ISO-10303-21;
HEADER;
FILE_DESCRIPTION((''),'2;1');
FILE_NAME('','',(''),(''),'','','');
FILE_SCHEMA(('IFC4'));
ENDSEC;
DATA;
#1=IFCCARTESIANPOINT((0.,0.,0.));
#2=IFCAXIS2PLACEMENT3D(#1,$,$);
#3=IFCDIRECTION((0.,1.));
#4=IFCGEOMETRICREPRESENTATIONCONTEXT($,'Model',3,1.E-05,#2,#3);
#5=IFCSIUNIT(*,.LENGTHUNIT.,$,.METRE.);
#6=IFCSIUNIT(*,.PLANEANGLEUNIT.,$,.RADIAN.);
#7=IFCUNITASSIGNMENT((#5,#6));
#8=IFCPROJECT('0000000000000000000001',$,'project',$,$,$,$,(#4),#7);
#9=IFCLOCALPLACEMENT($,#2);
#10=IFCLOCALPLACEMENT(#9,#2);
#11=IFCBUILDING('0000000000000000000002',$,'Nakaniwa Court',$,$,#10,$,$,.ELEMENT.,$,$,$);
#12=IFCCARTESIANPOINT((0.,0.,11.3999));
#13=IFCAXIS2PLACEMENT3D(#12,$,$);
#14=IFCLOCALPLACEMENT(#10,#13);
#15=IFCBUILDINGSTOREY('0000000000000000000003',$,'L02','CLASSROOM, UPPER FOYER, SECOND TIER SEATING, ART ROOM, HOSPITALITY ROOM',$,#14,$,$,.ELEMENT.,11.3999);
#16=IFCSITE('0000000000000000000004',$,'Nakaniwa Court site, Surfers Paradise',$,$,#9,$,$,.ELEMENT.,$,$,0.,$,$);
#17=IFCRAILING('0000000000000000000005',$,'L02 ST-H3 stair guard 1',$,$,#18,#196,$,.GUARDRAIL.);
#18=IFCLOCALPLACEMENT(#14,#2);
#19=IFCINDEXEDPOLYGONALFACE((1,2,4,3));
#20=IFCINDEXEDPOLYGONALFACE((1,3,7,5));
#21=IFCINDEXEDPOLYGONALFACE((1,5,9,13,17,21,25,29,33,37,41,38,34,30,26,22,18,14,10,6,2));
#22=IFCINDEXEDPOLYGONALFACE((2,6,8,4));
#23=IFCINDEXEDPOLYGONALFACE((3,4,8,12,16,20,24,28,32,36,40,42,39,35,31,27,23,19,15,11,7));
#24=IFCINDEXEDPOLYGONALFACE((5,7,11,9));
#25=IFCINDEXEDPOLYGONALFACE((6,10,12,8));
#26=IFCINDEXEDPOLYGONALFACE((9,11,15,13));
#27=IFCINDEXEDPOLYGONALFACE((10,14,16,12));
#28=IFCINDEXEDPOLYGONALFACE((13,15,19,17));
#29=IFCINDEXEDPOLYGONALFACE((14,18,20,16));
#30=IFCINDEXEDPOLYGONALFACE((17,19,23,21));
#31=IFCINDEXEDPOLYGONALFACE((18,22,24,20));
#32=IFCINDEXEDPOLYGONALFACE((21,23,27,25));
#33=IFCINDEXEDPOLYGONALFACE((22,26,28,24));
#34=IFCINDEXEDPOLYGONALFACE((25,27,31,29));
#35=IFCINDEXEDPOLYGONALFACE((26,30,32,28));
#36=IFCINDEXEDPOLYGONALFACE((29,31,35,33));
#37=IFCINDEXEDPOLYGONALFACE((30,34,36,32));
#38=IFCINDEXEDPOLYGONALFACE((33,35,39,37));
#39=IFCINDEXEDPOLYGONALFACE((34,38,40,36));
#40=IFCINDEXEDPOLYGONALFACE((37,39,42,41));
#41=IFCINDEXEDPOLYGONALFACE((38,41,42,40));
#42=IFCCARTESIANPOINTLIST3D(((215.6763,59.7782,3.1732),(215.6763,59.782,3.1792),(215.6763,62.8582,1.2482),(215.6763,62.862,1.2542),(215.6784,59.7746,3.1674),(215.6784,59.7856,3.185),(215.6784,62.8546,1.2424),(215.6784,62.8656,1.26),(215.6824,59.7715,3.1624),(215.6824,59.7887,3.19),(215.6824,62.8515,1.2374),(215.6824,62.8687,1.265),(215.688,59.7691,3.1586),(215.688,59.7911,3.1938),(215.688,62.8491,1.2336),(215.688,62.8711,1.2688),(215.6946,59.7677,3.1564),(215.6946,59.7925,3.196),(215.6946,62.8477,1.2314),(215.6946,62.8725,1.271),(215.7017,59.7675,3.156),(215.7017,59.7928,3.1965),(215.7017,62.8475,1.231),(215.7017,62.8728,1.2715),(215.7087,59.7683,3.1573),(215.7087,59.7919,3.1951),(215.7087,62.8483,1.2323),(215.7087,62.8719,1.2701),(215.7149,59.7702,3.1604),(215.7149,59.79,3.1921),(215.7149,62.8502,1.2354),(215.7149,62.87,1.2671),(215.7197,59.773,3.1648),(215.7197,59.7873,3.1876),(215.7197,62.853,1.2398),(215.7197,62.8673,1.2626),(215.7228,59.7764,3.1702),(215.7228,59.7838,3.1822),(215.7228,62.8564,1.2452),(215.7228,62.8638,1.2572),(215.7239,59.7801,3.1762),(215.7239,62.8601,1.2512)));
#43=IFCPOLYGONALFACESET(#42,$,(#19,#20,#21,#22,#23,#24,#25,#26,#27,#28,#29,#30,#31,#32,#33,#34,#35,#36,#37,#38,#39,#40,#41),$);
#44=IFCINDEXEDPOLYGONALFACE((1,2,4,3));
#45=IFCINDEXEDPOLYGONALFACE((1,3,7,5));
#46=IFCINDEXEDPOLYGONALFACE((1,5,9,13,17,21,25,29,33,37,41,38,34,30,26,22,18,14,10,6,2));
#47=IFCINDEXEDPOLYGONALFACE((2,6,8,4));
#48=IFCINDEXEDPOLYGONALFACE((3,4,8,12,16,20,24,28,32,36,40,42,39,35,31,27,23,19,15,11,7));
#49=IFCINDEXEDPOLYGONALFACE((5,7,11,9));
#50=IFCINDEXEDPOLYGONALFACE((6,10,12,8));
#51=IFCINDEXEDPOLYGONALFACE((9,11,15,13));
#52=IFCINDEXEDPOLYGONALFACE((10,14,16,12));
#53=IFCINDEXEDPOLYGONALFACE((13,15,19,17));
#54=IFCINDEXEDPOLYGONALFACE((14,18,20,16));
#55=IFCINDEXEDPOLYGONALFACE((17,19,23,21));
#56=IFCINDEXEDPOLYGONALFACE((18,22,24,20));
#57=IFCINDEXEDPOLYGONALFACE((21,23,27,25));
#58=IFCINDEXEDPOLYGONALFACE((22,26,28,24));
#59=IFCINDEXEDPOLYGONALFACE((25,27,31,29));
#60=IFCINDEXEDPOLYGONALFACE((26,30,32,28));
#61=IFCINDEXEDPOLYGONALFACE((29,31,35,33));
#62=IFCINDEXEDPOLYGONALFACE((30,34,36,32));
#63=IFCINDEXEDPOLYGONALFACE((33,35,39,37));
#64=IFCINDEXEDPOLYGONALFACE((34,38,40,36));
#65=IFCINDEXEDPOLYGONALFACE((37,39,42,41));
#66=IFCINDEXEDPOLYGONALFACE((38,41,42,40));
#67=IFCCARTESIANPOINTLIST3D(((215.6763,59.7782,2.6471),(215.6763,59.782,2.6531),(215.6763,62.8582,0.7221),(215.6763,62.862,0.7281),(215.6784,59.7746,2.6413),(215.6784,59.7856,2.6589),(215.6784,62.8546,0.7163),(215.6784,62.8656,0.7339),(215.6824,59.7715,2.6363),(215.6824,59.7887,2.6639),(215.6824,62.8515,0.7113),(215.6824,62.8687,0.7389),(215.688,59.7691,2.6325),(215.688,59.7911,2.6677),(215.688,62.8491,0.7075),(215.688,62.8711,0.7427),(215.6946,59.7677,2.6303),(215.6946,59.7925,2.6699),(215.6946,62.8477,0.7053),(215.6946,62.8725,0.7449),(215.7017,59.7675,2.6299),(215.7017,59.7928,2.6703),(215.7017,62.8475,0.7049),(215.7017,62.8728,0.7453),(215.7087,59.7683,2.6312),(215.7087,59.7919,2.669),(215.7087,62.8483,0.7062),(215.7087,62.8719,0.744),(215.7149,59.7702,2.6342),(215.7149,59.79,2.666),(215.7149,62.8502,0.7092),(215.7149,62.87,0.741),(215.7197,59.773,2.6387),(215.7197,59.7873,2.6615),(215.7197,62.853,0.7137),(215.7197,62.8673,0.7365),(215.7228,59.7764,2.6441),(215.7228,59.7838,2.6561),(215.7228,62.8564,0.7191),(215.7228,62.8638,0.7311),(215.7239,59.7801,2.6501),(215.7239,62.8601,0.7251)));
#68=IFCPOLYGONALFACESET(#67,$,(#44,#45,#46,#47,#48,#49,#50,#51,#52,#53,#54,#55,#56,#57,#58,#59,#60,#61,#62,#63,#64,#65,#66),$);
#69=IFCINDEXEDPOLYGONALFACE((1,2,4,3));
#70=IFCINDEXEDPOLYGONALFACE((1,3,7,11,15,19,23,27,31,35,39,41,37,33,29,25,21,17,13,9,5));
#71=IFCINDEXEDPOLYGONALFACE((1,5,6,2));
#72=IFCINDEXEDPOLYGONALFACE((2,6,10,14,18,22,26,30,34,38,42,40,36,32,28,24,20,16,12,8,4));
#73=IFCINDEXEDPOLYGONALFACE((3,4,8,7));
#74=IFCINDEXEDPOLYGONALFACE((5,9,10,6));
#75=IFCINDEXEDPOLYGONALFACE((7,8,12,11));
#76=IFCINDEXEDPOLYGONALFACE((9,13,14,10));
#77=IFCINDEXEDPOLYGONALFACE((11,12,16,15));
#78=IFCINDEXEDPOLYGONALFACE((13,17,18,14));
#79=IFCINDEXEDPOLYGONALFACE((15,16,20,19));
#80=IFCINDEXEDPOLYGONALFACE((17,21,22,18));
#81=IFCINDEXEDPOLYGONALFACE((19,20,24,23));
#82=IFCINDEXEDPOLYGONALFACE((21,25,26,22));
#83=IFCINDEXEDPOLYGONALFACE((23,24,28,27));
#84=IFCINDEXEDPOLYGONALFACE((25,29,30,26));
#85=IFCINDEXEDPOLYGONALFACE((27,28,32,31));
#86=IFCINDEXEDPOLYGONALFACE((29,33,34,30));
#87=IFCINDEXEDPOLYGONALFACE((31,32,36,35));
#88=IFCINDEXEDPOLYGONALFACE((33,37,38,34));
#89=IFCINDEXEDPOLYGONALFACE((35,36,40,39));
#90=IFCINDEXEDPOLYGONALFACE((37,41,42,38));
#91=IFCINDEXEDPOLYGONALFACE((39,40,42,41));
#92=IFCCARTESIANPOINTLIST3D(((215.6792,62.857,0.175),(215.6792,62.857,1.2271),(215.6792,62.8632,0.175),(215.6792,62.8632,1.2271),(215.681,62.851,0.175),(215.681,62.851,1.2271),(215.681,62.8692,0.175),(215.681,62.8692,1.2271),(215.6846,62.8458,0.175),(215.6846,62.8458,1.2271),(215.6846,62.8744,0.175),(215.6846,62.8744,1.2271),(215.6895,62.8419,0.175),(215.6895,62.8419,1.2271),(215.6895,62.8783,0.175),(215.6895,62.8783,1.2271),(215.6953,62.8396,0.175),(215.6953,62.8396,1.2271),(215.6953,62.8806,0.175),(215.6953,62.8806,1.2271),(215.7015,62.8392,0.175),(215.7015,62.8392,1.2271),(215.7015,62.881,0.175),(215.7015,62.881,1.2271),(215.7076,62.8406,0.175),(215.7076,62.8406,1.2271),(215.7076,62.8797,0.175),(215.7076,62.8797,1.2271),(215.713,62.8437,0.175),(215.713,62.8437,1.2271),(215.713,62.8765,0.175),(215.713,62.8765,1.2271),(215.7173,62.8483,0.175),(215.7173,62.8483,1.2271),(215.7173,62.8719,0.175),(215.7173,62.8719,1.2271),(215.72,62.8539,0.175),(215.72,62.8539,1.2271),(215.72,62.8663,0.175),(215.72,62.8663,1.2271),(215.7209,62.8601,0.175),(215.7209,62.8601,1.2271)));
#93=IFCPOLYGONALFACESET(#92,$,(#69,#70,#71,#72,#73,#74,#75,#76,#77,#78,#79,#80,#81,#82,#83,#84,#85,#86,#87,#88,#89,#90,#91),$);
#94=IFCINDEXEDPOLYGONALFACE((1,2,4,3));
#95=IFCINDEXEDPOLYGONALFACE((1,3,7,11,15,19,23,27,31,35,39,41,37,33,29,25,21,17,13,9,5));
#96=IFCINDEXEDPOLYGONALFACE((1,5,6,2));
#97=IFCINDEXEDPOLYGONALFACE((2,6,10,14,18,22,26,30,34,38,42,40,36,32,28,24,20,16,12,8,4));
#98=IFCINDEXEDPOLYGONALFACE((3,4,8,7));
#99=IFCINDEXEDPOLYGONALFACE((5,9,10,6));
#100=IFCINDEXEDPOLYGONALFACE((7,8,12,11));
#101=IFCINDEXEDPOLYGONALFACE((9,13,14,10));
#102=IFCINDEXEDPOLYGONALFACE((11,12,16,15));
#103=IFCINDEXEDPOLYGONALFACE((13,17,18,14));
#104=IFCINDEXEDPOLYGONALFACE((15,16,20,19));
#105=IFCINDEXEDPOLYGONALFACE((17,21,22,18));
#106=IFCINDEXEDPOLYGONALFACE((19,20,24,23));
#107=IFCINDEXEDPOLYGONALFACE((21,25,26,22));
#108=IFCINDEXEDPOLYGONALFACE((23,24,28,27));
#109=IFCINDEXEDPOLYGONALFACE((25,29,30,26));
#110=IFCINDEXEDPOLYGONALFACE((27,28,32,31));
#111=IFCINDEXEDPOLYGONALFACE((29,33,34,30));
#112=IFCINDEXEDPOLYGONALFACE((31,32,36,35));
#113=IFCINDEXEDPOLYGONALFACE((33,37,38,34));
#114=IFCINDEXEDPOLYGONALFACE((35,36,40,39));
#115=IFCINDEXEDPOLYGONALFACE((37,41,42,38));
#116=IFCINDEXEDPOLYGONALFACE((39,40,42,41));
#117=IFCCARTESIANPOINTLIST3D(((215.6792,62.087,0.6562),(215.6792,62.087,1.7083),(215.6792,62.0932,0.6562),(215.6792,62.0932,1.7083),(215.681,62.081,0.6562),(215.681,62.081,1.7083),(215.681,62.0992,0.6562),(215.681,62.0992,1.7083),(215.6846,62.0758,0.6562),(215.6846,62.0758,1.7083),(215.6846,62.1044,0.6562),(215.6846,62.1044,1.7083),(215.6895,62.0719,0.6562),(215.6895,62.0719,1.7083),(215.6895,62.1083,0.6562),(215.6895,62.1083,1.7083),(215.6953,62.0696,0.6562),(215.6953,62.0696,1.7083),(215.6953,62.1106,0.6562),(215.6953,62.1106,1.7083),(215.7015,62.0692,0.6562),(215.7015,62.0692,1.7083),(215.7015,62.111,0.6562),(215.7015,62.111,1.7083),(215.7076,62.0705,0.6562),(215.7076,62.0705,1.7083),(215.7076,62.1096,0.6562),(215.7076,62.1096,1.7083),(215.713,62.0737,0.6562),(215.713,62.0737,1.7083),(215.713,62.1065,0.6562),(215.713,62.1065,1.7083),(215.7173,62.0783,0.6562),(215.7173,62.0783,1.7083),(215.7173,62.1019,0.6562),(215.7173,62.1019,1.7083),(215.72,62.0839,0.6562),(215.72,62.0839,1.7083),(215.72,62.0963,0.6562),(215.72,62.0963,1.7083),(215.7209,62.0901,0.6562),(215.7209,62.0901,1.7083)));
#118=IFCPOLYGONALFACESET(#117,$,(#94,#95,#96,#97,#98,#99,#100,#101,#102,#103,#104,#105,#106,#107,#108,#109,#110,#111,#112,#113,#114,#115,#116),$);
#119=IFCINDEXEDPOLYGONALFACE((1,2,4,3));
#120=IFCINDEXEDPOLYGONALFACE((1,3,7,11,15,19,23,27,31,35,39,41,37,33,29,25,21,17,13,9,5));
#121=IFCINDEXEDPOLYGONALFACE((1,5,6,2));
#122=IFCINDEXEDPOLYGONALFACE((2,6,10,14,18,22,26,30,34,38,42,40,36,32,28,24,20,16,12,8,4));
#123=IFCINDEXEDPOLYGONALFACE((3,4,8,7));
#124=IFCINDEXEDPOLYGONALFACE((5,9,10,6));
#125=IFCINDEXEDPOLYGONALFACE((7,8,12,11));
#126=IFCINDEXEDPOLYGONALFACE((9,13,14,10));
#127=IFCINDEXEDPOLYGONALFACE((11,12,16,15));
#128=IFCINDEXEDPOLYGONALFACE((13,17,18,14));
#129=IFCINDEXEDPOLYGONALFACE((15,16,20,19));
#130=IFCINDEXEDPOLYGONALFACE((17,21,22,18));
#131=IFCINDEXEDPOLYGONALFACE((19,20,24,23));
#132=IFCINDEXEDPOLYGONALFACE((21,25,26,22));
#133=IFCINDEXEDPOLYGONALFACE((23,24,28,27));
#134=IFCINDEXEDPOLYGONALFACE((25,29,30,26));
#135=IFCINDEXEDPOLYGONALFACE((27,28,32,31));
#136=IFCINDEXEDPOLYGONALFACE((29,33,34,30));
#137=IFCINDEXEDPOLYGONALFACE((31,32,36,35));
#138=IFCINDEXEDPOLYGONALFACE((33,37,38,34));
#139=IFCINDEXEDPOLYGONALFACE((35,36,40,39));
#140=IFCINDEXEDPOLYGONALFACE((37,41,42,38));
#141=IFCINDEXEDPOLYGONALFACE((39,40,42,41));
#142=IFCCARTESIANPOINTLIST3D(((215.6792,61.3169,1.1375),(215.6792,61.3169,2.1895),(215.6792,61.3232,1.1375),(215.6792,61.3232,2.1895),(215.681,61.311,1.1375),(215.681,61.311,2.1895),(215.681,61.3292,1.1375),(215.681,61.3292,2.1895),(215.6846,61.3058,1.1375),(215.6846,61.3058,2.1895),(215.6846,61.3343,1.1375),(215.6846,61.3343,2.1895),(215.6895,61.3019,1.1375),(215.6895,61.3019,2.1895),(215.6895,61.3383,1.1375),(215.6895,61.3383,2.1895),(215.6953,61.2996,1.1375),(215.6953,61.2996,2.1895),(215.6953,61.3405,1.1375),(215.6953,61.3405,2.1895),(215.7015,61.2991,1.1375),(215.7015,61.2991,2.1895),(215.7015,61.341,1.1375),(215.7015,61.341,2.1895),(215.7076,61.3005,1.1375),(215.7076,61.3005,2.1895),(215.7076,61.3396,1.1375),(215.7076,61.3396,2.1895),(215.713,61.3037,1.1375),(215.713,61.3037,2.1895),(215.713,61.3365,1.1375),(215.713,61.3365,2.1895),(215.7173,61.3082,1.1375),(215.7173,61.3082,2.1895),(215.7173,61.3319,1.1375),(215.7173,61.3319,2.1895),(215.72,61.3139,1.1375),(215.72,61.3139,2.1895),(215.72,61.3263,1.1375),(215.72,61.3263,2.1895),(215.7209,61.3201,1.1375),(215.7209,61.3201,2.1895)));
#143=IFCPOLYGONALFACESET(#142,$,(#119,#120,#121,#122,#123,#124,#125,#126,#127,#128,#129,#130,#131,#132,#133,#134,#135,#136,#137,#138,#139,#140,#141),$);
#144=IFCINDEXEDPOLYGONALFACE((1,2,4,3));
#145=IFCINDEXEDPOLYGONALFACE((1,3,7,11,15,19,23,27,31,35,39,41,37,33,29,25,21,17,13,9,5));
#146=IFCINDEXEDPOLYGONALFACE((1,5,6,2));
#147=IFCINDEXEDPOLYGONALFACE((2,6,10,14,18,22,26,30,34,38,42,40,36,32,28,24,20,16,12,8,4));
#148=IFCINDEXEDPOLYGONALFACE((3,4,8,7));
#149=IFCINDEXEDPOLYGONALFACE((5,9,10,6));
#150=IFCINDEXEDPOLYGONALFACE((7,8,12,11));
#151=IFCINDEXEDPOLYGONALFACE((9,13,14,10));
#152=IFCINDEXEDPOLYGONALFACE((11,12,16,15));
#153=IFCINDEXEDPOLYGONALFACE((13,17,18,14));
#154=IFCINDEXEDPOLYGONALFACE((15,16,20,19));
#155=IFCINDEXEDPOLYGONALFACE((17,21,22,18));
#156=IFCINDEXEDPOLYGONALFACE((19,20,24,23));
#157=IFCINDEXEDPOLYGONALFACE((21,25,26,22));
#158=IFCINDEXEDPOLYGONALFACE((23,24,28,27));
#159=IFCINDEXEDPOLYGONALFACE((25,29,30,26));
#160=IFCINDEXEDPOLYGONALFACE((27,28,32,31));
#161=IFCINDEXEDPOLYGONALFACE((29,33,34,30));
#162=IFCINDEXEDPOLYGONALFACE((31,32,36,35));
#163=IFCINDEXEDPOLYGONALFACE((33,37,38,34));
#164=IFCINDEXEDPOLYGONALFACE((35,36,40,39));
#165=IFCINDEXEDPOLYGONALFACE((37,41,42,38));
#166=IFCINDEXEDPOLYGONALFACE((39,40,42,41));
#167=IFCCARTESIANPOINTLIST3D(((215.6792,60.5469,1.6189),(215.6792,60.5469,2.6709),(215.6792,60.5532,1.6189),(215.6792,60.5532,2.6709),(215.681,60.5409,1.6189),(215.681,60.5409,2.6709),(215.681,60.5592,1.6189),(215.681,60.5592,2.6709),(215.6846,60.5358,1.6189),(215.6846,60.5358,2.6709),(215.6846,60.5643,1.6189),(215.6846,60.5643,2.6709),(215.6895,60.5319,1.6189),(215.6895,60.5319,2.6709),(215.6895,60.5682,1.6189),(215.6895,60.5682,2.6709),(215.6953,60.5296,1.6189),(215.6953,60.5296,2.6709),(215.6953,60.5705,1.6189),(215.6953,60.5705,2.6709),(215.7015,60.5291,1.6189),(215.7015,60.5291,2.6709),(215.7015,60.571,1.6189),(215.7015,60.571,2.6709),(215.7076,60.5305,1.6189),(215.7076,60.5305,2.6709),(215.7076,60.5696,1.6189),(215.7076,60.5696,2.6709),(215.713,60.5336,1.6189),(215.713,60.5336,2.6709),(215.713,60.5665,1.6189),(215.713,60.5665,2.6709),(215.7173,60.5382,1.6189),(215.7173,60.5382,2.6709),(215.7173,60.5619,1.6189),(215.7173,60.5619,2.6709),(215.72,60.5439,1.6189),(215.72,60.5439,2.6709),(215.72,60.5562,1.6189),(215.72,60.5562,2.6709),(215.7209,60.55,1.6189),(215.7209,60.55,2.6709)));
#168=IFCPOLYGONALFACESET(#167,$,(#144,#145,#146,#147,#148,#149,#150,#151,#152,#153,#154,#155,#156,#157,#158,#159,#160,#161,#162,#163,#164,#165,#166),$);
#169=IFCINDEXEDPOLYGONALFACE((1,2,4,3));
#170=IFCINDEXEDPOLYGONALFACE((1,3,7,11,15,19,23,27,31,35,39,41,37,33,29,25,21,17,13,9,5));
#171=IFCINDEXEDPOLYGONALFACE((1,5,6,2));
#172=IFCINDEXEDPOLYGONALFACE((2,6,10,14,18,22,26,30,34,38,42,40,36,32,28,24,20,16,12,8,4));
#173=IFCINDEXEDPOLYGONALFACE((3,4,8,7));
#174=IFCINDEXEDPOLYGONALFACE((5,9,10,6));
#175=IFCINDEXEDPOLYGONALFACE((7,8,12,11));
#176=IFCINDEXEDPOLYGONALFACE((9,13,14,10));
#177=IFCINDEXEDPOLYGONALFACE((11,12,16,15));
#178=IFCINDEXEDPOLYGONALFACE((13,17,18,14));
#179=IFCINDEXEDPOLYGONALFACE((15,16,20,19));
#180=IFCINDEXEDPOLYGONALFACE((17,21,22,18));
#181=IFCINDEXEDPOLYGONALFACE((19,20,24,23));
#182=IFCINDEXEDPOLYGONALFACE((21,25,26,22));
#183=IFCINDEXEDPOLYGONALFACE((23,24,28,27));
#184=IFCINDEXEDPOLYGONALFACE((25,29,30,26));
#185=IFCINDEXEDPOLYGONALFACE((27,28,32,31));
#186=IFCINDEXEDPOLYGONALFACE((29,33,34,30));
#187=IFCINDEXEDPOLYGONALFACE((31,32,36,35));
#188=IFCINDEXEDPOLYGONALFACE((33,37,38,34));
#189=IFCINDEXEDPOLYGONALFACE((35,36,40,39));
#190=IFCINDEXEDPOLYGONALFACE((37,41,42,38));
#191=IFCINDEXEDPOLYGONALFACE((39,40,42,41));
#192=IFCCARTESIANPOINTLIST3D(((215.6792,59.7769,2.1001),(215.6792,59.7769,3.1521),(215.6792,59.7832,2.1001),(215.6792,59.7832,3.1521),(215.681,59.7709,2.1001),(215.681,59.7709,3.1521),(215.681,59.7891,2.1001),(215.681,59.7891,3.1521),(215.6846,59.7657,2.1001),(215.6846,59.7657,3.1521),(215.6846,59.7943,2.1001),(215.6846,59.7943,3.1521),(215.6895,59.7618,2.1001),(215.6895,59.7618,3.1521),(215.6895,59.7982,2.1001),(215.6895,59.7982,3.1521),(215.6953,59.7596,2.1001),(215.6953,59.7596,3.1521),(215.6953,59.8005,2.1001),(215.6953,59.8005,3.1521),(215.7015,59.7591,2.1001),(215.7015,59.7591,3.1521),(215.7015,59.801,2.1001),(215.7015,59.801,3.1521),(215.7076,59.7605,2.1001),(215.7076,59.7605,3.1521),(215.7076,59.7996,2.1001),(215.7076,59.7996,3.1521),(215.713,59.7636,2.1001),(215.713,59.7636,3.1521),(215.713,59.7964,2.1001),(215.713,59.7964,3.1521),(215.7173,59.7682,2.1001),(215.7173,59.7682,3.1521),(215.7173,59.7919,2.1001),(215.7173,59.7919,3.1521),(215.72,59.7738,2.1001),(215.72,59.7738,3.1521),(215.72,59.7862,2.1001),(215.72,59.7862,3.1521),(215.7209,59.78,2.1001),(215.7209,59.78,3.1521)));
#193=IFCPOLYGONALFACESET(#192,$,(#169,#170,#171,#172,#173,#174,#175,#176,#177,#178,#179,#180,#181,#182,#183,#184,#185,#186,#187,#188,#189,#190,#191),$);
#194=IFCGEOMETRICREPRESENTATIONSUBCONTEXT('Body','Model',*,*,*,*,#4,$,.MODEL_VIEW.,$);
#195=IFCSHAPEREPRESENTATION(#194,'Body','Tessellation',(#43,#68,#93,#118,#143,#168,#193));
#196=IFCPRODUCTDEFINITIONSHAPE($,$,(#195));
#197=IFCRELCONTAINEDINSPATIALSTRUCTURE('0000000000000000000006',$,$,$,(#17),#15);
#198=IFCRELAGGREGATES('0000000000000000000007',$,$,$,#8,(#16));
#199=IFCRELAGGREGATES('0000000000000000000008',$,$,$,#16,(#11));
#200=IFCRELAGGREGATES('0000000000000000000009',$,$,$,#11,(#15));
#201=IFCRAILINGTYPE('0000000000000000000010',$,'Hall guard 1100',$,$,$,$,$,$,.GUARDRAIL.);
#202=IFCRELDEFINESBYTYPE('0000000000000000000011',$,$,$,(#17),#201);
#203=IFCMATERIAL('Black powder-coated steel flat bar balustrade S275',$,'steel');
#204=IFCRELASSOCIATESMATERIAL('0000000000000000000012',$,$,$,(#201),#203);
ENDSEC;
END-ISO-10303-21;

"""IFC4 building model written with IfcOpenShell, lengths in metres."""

from ifc_helpers import new_model, si_unit, direction, frame, origin, origin_2d, place, context, subcontext, project, spatial, circle, extrude, material, type_object, element, save


model = new_model("IFC4")

# Units and contexts
model_context = context("Model", 3, precision=1e-05, world=origin(), true_north=direction((0.0, 1.0)))
body_context = subcontext(model_context, "Body", "Model", "MODEL_VIEW")
ifc_project = project(units=[si_unit("LENGTHUNIT", "METRE"), si_unit("PLANEANGLEUNIT", "RADIAN")], contexts=[model_context])

# Site, building, storey
site_placement = place(None, origin())
site = spatial("IfcSite", under=ifc_project, at=site_placement, Name="Nakaniwa Court site, Surfers Paradise", CompositionType="ELEMENT", RefElevation=0.0)
building_placement = place(site_placement, origin())
building = spatial("IfcBuilding", under=site, at=building_placement, Name="Nakaniwa Court", CompositionType="ELEMENT")
storey_placement = place(building_placement, frame((0.0, 0.0, 11.3999)))
storey = spatial("IfcBuildingStorey", under=building, at=storey_placement, Name="L02", Description="CLASSROOM, UPPER FOYER, SECOND TIER SEATING, ART ROOM, HOSPITALITY ROOM", CompositionType="ELEMENT", Elevation=11.3999)

# Railing
ifc_material_1 = material(Name="Black powder-coated steel flat bar balustrade S275", Category="steel")
railing_type_1 = type_object("IfcRailingType", Name="Hall guard 1100", PredefinedType="GUARDRAIL", material=ifc_material_1)
railing_1_placement = place(storey_placement, frame((215.7, 62.8601, 0.175)))
element("IfcRailing", 1, at=railing_1_placement, inside=storey, type_object=railing_type_1, Name="L02 ST-H3 stair guard 1", PredefinedType="GUARDRAIL", context=body_context, shape_type="SweptSolid", body=[
    extrude(circle(Radius=0.0239, at=origin_2d()), frame((0.0, 0.0, 1.0762), z_axis=(0.0, -0.847998, 0.529999), x_axis=(1.0, 0.0, 0.0)), (0.0, 0.0, 1.0), 3.6321),
    extrude(circle(Radius=0.0239, at=origin_2d()), frame((0.0, 0.0, 0.55), z_axis=(0.0, -0.847998, 0.529999), x_axis=(1.0, 0.0, 0.0)), (0.0, 0.0, 1.0), 3.6321),
    extrude(circle(Radius=0.021, at=origin_2d()), origin(), (0.0, 0.0, 1.0), 1.052),
    extrude(circle(Radius=0.021, at=origin_2d()), frame((0.0, -0.77, 0.4812)), (0.0, 0.0, 1.0), 1.052),
    extrude(circle(Radius=0.021, at=origin_2d()), frame((0.0, -1.54, 0.9624)), (0.0, 0.0, 1.0), 1.052),
    extrude(circle(Radius=0.021, at=origin_2d()), frame((0.0, -2.3101, 1.4438)), (0.0, 0.0, 1.0), 1.052),
    extrude(circle(Radius=0.021, at=origin_2d()), frame((0.0, -3.0801, 1.925)), (0.0, 0.0, 1.0), 1.052),
])

save(model, "model.ifc")
